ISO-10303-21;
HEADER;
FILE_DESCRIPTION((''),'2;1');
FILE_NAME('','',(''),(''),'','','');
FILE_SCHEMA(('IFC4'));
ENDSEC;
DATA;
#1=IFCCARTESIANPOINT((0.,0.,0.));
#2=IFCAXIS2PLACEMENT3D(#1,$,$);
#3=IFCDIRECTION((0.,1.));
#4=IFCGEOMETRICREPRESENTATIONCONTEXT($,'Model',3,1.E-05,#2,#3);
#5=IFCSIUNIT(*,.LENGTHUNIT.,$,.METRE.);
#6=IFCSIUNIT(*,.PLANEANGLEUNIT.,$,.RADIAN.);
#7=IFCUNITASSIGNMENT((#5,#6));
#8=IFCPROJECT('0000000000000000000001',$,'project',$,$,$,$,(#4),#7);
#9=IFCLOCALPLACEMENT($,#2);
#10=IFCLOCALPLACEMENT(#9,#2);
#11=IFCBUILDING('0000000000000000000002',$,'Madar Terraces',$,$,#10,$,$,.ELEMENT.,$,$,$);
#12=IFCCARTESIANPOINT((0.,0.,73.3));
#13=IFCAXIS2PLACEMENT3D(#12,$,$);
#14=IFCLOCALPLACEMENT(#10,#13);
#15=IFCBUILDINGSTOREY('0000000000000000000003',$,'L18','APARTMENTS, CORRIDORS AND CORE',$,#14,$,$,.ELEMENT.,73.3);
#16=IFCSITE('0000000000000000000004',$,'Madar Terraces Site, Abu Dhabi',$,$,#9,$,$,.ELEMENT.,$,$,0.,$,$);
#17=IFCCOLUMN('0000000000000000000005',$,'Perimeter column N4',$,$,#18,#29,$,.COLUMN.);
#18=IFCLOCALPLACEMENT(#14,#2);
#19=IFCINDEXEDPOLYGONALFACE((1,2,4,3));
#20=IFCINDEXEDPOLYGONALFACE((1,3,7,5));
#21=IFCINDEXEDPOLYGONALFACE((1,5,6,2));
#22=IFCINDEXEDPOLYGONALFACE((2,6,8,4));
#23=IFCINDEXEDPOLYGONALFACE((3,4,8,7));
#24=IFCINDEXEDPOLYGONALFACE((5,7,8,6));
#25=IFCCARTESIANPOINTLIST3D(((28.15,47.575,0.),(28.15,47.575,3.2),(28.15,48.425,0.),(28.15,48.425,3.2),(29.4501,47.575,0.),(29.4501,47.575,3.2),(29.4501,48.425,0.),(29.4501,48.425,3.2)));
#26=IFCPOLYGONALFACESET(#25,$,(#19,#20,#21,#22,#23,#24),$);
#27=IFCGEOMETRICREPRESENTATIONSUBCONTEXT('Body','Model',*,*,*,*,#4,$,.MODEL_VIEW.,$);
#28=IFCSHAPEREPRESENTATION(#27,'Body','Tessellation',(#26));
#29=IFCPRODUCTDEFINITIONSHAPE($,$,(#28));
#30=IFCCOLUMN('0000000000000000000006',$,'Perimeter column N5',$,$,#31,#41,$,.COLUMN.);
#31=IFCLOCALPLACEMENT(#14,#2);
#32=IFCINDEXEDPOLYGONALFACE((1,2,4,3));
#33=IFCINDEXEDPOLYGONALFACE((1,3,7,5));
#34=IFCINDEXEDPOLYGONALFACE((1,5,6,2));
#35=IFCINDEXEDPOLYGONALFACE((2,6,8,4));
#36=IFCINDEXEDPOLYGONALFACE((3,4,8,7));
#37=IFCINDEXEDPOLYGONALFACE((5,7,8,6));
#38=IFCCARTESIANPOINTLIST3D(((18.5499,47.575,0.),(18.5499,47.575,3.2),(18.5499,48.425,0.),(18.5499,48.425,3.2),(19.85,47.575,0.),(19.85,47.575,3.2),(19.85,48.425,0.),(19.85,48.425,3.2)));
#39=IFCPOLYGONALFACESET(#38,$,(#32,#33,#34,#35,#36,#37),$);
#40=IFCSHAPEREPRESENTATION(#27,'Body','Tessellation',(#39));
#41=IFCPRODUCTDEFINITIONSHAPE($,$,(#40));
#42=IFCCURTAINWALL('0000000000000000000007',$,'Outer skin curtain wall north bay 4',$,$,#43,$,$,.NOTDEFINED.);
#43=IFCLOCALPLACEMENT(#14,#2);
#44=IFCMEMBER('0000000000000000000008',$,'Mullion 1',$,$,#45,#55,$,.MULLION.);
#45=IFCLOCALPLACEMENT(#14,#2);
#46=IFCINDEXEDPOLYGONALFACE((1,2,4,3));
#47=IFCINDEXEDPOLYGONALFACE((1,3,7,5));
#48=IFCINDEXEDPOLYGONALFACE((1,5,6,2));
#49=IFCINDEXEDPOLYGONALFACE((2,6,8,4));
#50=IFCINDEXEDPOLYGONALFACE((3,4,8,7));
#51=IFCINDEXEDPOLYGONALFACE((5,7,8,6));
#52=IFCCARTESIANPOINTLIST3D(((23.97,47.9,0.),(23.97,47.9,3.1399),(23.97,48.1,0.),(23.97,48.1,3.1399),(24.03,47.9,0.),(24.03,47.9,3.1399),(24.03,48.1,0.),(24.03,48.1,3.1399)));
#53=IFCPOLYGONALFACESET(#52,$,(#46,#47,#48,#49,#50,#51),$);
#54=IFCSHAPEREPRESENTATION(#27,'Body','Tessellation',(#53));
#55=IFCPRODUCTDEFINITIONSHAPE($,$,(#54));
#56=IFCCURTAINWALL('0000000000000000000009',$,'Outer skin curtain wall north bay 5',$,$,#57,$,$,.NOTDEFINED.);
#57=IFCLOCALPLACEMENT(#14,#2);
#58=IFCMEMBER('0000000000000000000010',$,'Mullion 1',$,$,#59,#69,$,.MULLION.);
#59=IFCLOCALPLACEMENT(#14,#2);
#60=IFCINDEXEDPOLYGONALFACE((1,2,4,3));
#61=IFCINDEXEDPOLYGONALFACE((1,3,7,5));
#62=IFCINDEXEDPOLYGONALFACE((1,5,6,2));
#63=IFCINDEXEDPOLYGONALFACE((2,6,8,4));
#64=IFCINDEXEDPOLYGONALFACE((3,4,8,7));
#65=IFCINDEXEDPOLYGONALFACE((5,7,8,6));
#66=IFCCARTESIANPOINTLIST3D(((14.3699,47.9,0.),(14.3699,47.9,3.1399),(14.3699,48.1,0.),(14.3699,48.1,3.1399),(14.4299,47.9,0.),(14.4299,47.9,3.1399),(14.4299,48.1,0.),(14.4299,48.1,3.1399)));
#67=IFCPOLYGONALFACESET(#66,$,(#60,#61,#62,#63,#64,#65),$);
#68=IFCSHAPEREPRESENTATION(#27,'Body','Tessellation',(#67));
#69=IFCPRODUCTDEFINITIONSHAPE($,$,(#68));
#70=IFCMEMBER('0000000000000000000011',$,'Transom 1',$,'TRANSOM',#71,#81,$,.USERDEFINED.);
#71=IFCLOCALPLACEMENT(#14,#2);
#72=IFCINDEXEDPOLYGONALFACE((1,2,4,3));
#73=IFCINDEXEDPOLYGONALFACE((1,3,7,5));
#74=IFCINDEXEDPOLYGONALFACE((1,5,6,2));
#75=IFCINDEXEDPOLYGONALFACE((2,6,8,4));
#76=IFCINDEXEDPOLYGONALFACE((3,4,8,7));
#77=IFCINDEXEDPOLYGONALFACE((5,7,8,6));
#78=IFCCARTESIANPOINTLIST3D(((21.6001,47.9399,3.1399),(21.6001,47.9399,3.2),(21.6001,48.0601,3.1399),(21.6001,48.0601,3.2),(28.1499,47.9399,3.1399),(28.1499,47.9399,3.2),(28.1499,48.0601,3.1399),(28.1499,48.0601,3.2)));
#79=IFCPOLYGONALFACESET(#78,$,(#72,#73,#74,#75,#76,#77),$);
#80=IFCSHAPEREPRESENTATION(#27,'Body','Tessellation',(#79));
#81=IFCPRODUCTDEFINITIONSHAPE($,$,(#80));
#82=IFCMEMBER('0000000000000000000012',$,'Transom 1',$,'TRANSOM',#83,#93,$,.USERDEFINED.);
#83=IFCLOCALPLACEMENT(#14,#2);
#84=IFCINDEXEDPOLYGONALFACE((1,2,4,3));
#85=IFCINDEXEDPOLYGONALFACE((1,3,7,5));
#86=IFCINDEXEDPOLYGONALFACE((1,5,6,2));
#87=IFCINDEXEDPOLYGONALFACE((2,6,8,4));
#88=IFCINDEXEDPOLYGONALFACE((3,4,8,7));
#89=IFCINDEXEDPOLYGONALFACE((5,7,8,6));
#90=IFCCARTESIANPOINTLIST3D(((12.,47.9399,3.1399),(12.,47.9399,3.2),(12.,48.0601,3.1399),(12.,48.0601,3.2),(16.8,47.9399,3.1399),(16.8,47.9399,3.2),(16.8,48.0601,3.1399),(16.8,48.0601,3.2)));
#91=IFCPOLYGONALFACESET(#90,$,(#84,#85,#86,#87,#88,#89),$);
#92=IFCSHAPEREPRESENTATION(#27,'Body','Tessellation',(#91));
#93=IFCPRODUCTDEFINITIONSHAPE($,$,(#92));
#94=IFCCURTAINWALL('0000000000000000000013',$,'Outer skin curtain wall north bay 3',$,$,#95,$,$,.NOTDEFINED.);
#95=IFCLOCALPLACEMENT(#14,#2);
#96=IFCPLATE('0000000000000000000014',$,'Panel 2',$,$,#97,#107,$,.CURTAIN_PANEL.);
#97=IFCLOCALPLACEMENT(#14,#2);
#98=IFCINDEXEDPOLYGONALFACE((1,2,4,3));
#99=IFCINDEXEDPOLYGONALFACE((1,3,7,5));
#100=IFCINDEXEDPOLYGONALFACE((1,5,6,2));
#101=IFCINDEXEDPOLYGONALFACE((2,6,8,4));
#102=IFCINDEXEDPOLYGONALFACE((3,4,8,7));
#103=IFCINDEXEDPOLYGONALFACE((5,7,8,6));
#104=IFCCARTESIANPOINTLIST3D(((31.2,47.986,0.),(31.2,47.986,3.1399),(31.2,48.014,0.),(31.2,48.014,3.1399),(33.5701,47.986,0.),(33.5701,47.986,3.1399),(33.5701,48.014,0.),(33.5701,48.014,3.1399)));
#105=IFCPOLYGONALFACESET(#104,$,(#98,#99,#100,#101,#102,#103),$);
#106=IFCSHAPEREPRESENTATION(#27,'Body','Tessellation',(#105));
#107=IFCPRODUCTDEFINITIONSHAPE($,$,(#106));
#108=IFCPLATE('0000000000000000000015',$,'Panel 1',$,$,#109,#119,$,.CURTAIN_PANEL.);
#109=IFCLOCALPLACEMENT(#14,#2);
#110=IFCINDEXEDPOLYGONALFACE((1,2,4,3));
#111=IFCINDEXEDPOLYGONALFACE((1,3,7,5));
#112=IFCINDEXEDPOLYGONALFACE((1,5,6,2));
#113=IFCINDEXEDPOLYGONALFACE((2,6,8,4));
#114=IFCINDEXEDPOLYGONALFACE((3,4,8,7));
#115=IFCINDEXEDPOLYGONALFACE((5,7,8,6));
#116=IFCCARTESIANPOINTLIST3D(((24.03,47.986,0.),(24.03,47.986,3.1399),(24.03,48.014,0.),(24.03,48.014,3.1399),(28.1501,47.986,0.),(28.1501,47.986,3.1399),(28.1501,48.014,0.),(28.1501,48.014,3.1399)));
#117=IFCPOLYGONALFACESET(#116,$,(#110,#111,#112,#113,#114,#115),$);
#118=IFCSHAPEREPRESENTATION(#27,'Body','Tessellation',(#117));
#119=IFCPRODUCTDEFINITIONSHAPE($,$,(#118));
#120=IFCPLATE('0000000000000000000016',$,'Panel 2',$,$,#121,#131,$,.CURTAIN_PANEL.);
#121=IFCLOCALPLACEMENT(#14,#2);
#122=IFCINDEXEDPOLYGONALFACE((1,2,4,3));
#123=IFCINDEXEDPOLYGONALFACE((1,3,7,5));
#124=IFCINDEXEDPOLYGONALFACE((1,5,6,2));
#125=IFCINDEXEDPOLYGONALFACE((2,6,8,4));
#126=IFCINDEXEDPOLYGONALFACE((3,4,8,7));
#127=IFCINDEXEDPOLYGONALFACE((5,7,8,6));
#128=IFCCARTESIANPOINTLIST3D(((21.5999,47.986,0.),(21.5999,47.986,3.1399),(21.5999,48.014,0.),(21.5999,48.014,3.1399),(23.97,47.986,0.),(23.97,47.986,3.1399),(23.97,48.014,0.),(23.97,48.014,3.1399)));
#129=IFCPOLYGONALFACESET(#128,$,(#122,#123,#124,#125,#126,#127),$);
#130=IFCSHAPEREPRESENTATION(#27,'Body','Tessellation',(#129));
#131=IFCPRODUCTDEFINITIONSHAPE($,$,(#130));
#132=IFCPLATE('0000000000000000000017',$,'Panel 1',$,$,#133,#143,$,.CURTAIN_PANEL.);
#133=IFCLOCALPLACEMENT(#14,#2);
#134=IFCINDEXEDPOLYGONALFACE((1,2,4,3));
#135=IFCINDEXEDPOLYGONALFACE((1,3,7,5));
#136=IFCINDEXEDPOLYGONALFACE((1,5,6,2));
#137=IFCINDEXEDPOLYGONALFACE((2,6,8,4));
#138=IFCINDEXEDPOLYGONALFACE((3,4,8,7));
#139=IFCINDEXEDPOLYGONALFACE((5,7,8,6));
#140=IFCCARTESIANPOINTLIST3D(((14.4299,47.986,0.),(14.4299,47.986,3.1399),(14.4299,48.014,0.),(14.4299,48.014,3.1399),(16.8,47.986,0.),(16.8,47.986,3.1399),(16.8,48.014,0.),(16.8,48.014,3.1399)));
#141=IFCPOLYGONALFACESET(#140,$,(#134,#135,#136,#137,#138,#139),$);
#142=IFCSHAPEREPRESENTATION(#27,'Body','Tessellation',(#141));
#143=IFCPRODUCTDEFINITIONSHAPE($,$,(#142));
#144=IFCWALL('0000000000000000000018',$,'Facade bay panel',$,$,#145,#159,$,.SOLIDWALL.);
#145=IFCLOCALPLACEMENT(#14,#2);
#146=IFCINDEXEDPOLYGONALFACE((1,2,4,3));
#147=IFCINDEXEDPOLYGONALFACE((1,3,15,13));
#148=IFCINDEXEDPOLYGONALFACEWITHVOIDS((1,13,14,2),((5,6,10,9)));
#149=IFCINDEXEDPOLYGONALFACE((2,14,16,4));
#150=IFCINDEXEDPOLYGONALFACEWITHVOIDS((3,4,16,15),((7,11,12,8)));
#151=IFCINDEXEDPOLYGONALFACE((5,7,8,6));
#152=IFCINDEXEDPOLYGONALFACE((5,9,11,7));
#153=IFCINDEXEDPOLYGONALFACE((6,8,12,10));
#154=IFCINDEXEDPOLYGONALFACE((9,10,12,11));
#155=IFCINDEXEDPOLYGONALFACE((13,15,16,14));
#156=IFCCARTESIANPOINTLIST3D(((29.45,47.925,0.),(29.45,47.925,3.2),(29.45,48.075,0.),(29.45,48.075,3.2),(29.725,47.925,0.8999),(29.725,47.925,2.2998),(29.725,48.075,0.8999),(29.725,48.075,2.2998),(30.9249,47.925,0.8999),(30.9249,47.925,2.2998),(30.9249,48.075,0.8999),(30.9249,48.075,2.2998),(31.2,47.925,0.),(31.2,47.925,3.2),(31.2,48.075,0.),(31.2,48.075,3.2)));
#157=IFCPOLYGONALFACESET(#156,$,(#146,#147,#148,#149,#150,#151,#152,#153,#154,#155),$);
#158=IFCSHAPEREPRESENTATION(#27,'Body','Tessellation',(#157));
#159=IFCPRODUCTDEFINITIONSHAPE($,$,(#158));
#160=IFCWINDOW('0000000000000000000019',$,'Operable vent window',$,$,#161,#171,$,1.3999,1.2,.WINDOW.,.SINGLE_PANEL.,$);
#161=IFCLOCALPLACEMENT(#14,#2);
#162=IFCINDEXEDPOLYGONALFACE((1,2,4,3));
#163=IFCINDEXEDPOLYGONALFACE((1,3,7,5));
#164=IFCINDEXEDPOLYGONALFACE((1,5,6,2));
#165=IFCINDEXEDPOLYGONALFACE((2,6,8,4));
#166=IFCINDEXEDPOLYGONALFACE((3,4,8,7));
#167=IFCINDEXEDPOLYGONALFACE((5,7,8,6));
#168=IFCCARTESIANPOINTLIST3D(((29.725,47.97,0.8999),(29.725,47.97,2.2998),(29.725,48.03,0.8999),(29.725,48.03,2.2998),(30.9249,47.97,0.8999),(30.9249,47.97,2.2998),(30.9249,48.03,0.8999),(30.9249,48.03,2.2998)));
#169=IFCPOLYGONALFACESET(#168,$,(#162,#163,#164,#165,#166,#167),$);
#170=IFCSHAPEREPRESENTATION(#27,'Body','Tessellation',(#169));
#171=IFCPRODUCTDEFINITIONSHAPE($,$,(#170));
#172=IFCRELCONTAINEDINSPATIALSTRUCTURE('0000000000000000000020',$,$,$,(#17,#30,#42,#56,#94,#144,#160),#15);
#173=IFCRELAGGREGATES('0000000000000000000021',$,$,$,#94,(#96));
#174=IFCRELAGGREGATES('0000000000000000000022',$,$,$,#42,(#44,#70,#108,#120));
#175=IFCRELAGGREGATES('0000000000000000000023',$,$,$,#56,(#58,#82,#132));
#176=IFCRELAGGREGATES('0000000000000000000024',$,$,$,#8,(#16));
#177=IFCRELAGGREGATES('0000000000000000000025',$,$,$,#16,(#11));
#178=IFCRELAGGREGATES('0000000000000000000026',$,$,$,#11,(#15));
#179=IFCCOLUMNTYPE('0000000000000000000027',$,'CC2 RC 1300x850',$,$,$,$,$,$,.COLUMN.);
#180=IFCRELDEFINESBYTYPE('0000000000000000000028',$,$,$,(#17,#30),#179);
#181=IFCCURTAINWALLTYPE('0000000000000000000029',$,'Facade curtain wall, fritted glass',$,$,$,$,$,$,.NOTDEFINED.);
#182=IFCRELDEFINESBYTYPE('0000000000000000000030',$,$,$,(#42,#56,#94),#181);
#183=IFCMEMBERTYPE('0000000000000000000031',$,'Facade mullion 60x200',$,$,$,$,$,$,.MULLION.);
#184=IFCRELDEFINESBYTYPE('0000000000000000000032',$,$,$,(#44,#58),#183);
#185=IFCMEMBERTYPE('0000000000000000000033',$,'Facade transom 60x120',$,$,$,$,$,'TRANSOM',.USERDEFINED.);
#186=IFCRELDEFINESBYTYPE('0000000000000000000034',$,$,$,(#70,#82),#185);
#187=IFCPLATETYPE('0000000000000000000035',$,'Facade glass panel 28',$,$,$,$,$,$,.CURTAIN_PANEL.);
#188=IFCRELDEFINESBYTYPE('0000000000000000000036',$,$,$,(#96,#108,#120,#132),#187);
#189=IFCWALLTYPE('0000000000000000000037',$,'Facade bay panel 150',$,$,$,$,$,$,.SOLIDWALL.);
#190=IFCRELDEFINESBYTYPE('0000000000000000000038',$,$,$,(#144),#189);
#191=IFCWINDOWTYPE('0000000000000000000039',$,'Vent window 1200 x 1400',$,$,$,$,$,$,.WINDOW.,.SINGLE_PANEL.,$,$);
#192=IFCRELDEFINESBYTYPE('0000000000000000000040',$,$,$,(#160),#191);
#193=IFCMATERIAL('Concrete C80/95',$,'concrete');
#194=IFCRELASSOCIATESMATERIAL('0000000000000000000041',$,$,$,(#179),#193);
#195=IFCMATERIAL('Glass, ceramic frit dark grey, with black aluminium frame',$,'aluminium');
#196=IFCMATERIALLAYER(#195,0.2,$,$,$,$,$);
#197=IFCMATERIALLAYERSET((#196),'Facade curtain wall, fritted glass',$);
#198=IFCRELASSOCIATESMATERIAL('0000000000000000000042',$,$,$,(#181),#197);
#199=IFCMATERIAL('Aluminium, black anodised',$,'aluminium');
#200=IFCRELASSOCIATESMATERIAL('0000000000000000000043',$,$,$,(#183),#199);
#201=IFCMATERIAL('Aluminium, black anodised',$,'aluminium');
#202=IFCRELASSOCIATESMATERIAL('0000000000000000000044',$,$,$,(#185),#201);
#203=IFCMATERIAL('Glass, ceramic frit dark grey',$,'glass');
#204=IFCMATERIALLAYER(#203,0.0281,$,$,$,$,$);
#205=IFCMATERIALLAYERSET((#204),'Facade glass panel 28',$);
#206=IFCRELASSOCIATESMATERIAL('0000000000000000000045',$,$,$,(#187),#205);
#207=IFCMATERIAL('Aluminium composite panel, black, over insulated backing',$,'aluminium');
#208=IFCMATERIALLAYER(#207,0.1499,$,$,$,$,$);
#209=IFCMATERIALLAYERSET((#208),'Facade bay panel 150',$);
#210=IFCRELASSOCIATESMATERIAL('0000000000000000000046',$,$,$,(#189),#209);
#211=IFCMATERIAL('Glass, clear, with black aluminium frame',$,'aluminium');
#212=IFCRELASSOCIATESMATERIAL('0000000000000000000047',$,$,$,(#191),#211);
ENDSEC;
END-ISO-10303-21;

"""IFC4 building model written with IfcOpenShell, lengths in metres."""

from ifc_helpers import new_model, si_unit, direction, frame, frame_2d, origin, origin_2d, place, context, subcontext, project, spatial, rectangle, extrude, material, layer, layer_set, material_profile, profile_set, type_object, element, fill, aggregate, save


model = new_model("IFC4")

# Units and contexts
model_context = context("Model", 3, precision=1e-05, world=origin(), true_north=direction((0.0, 1.0)))
body_context = subcontext(model_context, "Body", "Model", "MODEL_VIEW")
ifc_project = project(units=[si_unit("LENGTHUNIT", "METRE"), si_unit("PLANEANGLEUNIT", "RADIAN")], contexts=[model_context])

# Site, building, storey
site_placement = place(None, origin())
site = spatial("IfcSite", under=ifc_project, at=site_placement, Name="Madar Terraces Site, Abu Dhabi", CompositionType="ELEMENT", RefElevation=0.0)
building_placement = place(site_placement, origin())
building = spatial("IfcBuilding", under=site, at=building_placement, Name="Madar Terraces", CompositionType="ELEMENT")
storey_placement = place(building_placement, frame((0.0, 0.0, 73.3)))
storey = spatial("IfcBuildingStorey", under=building, at=storey_placement, Name="L18", Description="APARTMENTS, CORRIDORS AND CORE", CompositionType="ELEMENT", Elevation=73.3)

# Columns
ifc_material_1 = material(Name="Concrete C80/95", Category="concrete")
ifc_material_profile_1 = material_profile(ifc_material_1, rectangle(XDim=1.3, YDim=0.8501, at=origin_2d()), Name="CC2 RC 1300x850")
ifc_profile_set_1 = profile_set([ifc_material_profile_1], Name="Concrete C80/95")
column_type = type_object("IfcColumnType", Name="CC2 RC 1300x850", PredefinedType="COLUMN", material=ifc_profile_set_1)
for number, where, z_axis, x_axis, name in (
    (1, (28.8, 48.0, 0.0), (0.0, 0.0, 1.0), (1.0, 0.0, 0.0), "Perimeter column N4"),
    (2, (19.2, 48.0, 0.0), (0.0, 0.0, 1.0), (1.0, 0.0, 0.0), "Perimeter column N5"),
):
    element("IfcColumn", number, at=place(storey_placement, frame(where, z_axis=z_axis, x_axis=x_axis)), inside=storey, type_object=column_type, Name=name, PredefinedType="COLUMN", context=body_context, shape_type="SweptSolid", body=[
        extrude(rectangle(XDim=1.3, YDim=0.8501, at=origin_2d()), origin(), (0.0, 0.0, 1.0), 3.2),
    ])

# Curtain walls, members
ifc_material_2 = material(Name="Glass, ceramic frit dark grey, with black aluminium frame", Category="aluminium")
ifc_layer_1 = layer(ifc_material_2, 0.2)
ifc_layer_set_1 = layer_set([ifc_layer_1], Name="Facade curtain wall, fritted glass")
curtain_wall_type = type_object("IfcCurtainWallType", Name="Facade curtain wall, fritted glass", PredefinedType="NOTDEFINED", material=ifc_layer_set_1)
curtain_wall_1_placement = place(storey_placement, origin())
curtain_wall_1 = element("IfcCurtainWall", 3, at=curtain_wall_1_placement, inside=storey, type_object=curtain_wall_type, Name="Outer skin curtain wall north bay 4", PredefinedType="NOTDEFINED")
ifc_material_3 = material(Name="Aluminium, black anodised", Category="aluminium")
ifc_material_profile_2 = material_profile(ifc_material_3, rectangle(XDim=0.2, YDim=0.0601, at=origin_2d()), Name="Facade mullion 60x200")
ifc_profile_set_2 = profile_set([ifc_material_profile_2], Name="Aluminium, black anodised")
member_type_1 = type_object("IfcMemberType", Name="Facade mullion 60x200", PredefinedType="MULLION", material=ifc_profile_set_2)
member_1_placement = place(storey_placement, frame((24.0, 48.0, 0.0), z_axis=(0.0, 0.0, 1.0), x_axis=(0.0, -1.0, 0.0)))
member_1 = element("IfcMember", 4, at=member_1_placement, type_object=member_type_1, Name="Mullion 1", PredefinedType="MULLION", context=body_context, shape_type="SweptSolid", body=[
    extrude(rectangle(XDim=0.2, YDim=0.0601, at=origin_2d()), origin(), (0.0, 0.0, 1.0), 3.1399),
])
curtain_wall_2_placement = place(storey_placement, origin())
curtain_wall_2 = element("IfcCurtainWall", 5, at=curtain_wall_2_placement, inside=storey, type_object=curtain_wall_type, Name="Outer skin curtain wall north bay 5", PredefinedType="NOTDEFINED")
member_2_placement = place(storey_placement, frame((14.3999, 48.0, 0.0), z_axis=(0.0, 0.0, 1.0), x_axis=(0.0, -1.0, 0.0)))
member_2 = element("IfcMember", 6, at=member_2_placement, type_object=member_type_1, Name="Mullion 1", PredefinedType="MULLION", context=body_context, shape_type="SweptSolid", body=[
    extrude(rectangle(XDim=0.2, YDim=0.0601, at=origin_2d()), origin(), (0.0, 0.0, 1.0), 3.1399),
])

# Members
ifc_material_4 = material(Name="Aluminium, black anodised", Category="aluminium")
ifc_material_profile_3 = material_profile(ifc_material_4, rectangle(XDim=0.1201, YDim=0.0601, at=origin_2d()), Name="Facade transom 60x120")
ifc_profile_set_3 = profile_set([ifc_material_profile_3], Name="Aluminium, black anodised")
member_type_2 = type_object("IfcMemberType", Name="Facade transom 60x120", ElementType="TRANSOM", PredefinedType="USERDEFINED", material=ifc_profile_set_3)
member_3_placement = place(storey_placement, frame((28.1499, 48.0, 3.1699), z_axis=(-1.0, 0.0, 0.0), x_axis=(0.0, -1.0, 0.0)))
member_3 = element("IfcMember", 7, at=member_3_placement, type_object=member_type_2, Name="Transom 1", ObjectType="TRANSOM", PredefinedType="USERDEFINED", context=body_context, shape_type="SweptSolid", body=[
    extrude(rectangle(XDim=0.1201, YDim=0.0601, at=origin_2d()), origin(), (0.0, 0.0, 1.0), 6.5498),
])
member_4_placement = place(storey_placement, frame((16.8, 48.0, 3.1699), z_axis=(-1.0, 0.0, 0.0), x_axis=(0.0, -1.0, 0.0)))
member_4 = element("IfcMember", 8, at=member_4_placement, type_object=member_type_2, Name="Transom 1", ObjectType="TRANSOM", PredefinedType="USERDEFINED", context=body_context, shape_type="SweptSolid", body=[
    extrude(rectangle(XDim=0.1201, YDim=0.0601, at=origin_2d()), origin(), (0.0, 0.0, 1.0), 4.8),
])

# Curtain wall, plate
curtain_wall_3_placement = place(storey_placement, origin())
curtain_wall_3 = element("IfcCurtainWall", 9, at=curtain_wall_3_placement, inside=storey, type_object=curtain_wall_type, Name="Outer skin curtain wall north bay 3", PredefinedType="NOTDEFINED")
ifc_material_5 = material(Name="Glass, ceramic frit dark grey", Category="glass")
ifc_layer_2 = layer(ifc_material_5, 0.0281)
ifc_layer_set_2 = layer_set([ifc_layer_2], Name="Facade glass panel 28")
plate_type = type_object("IfcPlateType", Name="Facade glass panel 28", PredefinedType="CURTAIN_PANEL", material=ifc_layer_set_2)
plate_1_placement = place(storey_placement, frame((32.385, 48.0, 0.0), z_axis=(0.0, 0.0, 1.0), x_axis=(-1.0, 0.0, 0.0)))
plate_1 = element("IfcPlate", 10, at=plate_1_placement, type_object=plate_type, Name="Panel 2", PredefinedType="CURTAIN_PANEL", context=body_context, shape_type="SweptSolid", body=[
    extrude(rectangle(XDim=2.3701, YDim=0.0281, at=origin_2d()), origin(), (0.0, 0.0, 1.0), 3.1399),
])
aggregate(curtain_wall_3, [plate_1])

# Plates
plate_2_placement = place(storey_placement, frame((26.0901, 48.0, 0.0), z_axis=(0.0, 0.0, 1.0), x_axis=(-1.0, 0.0, 0.0)))
plate_2 = element("IfcPlate", 11, at=plate_2_placement, type_object=plate_type, Name="Panel 1", PredefinedType="CURTAIN_PANEL", context=body_context, shape_type="SweptSolid", body=[
    extrude(rectangle(XDim=4.1201, YDim=0.0281, at=origin_2d()), origin(), (0.0, 0.0, 1.0), 3.1399),
])
plate_3_placement = place(storey_placement, frame((22.7849, 48.0, 0.0), z_axis=(0.0, 0.0, 1.0), x_axis=(-1.0, 0.0, 0.0)))
plate_3 = element("IfcPlate", 12, at=plate_3_placement, type_object=plate_type, Name="Panel 2", PredefinedType="CURTAIN_PANEL", context=body_context, shape_type="SweptSolid", body=[
    extrude(rectangle(XDim=2.3701, YDim=0.0281, at=origin_2d()), origin(), (0.0, 0.0, 1.0), 3.1399),
])
aggregate(curtain_wall_1, [member_1, member_3, plate_2, plate_3])
plate_4_placement = place(storey_placement, frame((15.615, 48.0, 0.0), z_axis=(0.0, 0.0, 1.0), x_axis=(-1.0, 0.0, 0.0)))
plate_4 = element("IfcPlate", 13, at=plate_4_placement, type_object=plate_type, Name="Panel 1", PredefinedType="CURTAIN_PANEL", context=body_context, shape_type="SweptSolid", body=[
    extrude(rectangle(XDim=2.3701, YDim=0.0281, at=origin_2d()), origin(), (0.0, 0.0, 1.0), 3.1399),
])
aggregate(curtain_wall_2, [member_2, member_4, plate_4])

# Wall, opening, window
ifc_material_6 = material(Name="Aluminium composite panel, black, over insulated backing", Category="aluminium")
ifc_layer_3 = layer(ifc_material_6, 0.1499)
ifc_layer_set_3 = layer_set([ifc_layer_3], Name="Facade bay panel 150")
wall_type_1 = type_object("IfcWallType", Name="Facade bay panel 150", PredefinedType="SOLIDWALL", material=ifc_layer_set_3)
wall_1_placement = place(storey_placement, frame((31.2, 48.0, 0.0), z_axis=(0.0, 0.0, 1.0), x_axis=(-1.0, 0.0, 0.0)))
wall_1 = element("IfcWall", 14, at=wall_1_placement, inside=storey, type_object=wall_type_1, Name="Facade bay panel", PredefinedType="SOLIDWALL", context=body_context, shape_type="SweptSolid", body=[
    extrude(rectangle(XDim=1.75, YDim=0.1499, at=frame_2d((0.875, 0.0))), origin(), (0.0, 0.0, 1.0), 3.2),
])
opening_1_placement = place(wall_1_placement, frame((0.2749, 0.0, 0.8999)))
opening_1 = element("IfcOpeningElement", 15, at=opening_1_placement, cuts=wall_1, PredefinedType="OPENING", context=body_context, shape_type="SweptSolid", body=[
    extrude(rectangle(XDim=1.2, YDim=1.3999, at=frame_2d((0.6001, 0.7))), frame((0.0, 0.085, 0.0), z_axis=(0.0, -1.0, 0.0), x_axis=(1.0, 0.0, 0.0)), (0.0, 0.0, 1.0), 0.1699),
])
ifc_material_7 = material(Name="Glass, clear, with black aluminium frame", Category="aluminium")
window_type = type_object("IfcWindowType", Name="Vent window 1200 x 1400", PartitioningType="SINGLE_PANEL", PredefinedType="WINDOW", material=ifc_material_7)
window_1_placement = place(opening_1_placement, origin())
window_1 = element("IfcWindow", 16, at=window_1_placement, inside=storey, type_object=window_type, Name="Operable vent window", OverallHeight=1.3999, OverallWidth=1.2, PartitioningType="SINGLE_PANEL", PredefinedType="WINDOW", context=body_context, shape_type="SweptSolid", body=[
    extrude(rectangle(XDim=1.2, YDim=1.3999, at=frame_2d((0.6001, 0.7))), frame((0.0, 0.03, 0.0), z_axis=(0.0, -1.0, 0.0), x_axis=(1.0, 0.0, 0.0)), (0.0, 0.0, 1.0), 0.0601),
])
fill(opening_1, window_1)

save(model, "model.ifc")
